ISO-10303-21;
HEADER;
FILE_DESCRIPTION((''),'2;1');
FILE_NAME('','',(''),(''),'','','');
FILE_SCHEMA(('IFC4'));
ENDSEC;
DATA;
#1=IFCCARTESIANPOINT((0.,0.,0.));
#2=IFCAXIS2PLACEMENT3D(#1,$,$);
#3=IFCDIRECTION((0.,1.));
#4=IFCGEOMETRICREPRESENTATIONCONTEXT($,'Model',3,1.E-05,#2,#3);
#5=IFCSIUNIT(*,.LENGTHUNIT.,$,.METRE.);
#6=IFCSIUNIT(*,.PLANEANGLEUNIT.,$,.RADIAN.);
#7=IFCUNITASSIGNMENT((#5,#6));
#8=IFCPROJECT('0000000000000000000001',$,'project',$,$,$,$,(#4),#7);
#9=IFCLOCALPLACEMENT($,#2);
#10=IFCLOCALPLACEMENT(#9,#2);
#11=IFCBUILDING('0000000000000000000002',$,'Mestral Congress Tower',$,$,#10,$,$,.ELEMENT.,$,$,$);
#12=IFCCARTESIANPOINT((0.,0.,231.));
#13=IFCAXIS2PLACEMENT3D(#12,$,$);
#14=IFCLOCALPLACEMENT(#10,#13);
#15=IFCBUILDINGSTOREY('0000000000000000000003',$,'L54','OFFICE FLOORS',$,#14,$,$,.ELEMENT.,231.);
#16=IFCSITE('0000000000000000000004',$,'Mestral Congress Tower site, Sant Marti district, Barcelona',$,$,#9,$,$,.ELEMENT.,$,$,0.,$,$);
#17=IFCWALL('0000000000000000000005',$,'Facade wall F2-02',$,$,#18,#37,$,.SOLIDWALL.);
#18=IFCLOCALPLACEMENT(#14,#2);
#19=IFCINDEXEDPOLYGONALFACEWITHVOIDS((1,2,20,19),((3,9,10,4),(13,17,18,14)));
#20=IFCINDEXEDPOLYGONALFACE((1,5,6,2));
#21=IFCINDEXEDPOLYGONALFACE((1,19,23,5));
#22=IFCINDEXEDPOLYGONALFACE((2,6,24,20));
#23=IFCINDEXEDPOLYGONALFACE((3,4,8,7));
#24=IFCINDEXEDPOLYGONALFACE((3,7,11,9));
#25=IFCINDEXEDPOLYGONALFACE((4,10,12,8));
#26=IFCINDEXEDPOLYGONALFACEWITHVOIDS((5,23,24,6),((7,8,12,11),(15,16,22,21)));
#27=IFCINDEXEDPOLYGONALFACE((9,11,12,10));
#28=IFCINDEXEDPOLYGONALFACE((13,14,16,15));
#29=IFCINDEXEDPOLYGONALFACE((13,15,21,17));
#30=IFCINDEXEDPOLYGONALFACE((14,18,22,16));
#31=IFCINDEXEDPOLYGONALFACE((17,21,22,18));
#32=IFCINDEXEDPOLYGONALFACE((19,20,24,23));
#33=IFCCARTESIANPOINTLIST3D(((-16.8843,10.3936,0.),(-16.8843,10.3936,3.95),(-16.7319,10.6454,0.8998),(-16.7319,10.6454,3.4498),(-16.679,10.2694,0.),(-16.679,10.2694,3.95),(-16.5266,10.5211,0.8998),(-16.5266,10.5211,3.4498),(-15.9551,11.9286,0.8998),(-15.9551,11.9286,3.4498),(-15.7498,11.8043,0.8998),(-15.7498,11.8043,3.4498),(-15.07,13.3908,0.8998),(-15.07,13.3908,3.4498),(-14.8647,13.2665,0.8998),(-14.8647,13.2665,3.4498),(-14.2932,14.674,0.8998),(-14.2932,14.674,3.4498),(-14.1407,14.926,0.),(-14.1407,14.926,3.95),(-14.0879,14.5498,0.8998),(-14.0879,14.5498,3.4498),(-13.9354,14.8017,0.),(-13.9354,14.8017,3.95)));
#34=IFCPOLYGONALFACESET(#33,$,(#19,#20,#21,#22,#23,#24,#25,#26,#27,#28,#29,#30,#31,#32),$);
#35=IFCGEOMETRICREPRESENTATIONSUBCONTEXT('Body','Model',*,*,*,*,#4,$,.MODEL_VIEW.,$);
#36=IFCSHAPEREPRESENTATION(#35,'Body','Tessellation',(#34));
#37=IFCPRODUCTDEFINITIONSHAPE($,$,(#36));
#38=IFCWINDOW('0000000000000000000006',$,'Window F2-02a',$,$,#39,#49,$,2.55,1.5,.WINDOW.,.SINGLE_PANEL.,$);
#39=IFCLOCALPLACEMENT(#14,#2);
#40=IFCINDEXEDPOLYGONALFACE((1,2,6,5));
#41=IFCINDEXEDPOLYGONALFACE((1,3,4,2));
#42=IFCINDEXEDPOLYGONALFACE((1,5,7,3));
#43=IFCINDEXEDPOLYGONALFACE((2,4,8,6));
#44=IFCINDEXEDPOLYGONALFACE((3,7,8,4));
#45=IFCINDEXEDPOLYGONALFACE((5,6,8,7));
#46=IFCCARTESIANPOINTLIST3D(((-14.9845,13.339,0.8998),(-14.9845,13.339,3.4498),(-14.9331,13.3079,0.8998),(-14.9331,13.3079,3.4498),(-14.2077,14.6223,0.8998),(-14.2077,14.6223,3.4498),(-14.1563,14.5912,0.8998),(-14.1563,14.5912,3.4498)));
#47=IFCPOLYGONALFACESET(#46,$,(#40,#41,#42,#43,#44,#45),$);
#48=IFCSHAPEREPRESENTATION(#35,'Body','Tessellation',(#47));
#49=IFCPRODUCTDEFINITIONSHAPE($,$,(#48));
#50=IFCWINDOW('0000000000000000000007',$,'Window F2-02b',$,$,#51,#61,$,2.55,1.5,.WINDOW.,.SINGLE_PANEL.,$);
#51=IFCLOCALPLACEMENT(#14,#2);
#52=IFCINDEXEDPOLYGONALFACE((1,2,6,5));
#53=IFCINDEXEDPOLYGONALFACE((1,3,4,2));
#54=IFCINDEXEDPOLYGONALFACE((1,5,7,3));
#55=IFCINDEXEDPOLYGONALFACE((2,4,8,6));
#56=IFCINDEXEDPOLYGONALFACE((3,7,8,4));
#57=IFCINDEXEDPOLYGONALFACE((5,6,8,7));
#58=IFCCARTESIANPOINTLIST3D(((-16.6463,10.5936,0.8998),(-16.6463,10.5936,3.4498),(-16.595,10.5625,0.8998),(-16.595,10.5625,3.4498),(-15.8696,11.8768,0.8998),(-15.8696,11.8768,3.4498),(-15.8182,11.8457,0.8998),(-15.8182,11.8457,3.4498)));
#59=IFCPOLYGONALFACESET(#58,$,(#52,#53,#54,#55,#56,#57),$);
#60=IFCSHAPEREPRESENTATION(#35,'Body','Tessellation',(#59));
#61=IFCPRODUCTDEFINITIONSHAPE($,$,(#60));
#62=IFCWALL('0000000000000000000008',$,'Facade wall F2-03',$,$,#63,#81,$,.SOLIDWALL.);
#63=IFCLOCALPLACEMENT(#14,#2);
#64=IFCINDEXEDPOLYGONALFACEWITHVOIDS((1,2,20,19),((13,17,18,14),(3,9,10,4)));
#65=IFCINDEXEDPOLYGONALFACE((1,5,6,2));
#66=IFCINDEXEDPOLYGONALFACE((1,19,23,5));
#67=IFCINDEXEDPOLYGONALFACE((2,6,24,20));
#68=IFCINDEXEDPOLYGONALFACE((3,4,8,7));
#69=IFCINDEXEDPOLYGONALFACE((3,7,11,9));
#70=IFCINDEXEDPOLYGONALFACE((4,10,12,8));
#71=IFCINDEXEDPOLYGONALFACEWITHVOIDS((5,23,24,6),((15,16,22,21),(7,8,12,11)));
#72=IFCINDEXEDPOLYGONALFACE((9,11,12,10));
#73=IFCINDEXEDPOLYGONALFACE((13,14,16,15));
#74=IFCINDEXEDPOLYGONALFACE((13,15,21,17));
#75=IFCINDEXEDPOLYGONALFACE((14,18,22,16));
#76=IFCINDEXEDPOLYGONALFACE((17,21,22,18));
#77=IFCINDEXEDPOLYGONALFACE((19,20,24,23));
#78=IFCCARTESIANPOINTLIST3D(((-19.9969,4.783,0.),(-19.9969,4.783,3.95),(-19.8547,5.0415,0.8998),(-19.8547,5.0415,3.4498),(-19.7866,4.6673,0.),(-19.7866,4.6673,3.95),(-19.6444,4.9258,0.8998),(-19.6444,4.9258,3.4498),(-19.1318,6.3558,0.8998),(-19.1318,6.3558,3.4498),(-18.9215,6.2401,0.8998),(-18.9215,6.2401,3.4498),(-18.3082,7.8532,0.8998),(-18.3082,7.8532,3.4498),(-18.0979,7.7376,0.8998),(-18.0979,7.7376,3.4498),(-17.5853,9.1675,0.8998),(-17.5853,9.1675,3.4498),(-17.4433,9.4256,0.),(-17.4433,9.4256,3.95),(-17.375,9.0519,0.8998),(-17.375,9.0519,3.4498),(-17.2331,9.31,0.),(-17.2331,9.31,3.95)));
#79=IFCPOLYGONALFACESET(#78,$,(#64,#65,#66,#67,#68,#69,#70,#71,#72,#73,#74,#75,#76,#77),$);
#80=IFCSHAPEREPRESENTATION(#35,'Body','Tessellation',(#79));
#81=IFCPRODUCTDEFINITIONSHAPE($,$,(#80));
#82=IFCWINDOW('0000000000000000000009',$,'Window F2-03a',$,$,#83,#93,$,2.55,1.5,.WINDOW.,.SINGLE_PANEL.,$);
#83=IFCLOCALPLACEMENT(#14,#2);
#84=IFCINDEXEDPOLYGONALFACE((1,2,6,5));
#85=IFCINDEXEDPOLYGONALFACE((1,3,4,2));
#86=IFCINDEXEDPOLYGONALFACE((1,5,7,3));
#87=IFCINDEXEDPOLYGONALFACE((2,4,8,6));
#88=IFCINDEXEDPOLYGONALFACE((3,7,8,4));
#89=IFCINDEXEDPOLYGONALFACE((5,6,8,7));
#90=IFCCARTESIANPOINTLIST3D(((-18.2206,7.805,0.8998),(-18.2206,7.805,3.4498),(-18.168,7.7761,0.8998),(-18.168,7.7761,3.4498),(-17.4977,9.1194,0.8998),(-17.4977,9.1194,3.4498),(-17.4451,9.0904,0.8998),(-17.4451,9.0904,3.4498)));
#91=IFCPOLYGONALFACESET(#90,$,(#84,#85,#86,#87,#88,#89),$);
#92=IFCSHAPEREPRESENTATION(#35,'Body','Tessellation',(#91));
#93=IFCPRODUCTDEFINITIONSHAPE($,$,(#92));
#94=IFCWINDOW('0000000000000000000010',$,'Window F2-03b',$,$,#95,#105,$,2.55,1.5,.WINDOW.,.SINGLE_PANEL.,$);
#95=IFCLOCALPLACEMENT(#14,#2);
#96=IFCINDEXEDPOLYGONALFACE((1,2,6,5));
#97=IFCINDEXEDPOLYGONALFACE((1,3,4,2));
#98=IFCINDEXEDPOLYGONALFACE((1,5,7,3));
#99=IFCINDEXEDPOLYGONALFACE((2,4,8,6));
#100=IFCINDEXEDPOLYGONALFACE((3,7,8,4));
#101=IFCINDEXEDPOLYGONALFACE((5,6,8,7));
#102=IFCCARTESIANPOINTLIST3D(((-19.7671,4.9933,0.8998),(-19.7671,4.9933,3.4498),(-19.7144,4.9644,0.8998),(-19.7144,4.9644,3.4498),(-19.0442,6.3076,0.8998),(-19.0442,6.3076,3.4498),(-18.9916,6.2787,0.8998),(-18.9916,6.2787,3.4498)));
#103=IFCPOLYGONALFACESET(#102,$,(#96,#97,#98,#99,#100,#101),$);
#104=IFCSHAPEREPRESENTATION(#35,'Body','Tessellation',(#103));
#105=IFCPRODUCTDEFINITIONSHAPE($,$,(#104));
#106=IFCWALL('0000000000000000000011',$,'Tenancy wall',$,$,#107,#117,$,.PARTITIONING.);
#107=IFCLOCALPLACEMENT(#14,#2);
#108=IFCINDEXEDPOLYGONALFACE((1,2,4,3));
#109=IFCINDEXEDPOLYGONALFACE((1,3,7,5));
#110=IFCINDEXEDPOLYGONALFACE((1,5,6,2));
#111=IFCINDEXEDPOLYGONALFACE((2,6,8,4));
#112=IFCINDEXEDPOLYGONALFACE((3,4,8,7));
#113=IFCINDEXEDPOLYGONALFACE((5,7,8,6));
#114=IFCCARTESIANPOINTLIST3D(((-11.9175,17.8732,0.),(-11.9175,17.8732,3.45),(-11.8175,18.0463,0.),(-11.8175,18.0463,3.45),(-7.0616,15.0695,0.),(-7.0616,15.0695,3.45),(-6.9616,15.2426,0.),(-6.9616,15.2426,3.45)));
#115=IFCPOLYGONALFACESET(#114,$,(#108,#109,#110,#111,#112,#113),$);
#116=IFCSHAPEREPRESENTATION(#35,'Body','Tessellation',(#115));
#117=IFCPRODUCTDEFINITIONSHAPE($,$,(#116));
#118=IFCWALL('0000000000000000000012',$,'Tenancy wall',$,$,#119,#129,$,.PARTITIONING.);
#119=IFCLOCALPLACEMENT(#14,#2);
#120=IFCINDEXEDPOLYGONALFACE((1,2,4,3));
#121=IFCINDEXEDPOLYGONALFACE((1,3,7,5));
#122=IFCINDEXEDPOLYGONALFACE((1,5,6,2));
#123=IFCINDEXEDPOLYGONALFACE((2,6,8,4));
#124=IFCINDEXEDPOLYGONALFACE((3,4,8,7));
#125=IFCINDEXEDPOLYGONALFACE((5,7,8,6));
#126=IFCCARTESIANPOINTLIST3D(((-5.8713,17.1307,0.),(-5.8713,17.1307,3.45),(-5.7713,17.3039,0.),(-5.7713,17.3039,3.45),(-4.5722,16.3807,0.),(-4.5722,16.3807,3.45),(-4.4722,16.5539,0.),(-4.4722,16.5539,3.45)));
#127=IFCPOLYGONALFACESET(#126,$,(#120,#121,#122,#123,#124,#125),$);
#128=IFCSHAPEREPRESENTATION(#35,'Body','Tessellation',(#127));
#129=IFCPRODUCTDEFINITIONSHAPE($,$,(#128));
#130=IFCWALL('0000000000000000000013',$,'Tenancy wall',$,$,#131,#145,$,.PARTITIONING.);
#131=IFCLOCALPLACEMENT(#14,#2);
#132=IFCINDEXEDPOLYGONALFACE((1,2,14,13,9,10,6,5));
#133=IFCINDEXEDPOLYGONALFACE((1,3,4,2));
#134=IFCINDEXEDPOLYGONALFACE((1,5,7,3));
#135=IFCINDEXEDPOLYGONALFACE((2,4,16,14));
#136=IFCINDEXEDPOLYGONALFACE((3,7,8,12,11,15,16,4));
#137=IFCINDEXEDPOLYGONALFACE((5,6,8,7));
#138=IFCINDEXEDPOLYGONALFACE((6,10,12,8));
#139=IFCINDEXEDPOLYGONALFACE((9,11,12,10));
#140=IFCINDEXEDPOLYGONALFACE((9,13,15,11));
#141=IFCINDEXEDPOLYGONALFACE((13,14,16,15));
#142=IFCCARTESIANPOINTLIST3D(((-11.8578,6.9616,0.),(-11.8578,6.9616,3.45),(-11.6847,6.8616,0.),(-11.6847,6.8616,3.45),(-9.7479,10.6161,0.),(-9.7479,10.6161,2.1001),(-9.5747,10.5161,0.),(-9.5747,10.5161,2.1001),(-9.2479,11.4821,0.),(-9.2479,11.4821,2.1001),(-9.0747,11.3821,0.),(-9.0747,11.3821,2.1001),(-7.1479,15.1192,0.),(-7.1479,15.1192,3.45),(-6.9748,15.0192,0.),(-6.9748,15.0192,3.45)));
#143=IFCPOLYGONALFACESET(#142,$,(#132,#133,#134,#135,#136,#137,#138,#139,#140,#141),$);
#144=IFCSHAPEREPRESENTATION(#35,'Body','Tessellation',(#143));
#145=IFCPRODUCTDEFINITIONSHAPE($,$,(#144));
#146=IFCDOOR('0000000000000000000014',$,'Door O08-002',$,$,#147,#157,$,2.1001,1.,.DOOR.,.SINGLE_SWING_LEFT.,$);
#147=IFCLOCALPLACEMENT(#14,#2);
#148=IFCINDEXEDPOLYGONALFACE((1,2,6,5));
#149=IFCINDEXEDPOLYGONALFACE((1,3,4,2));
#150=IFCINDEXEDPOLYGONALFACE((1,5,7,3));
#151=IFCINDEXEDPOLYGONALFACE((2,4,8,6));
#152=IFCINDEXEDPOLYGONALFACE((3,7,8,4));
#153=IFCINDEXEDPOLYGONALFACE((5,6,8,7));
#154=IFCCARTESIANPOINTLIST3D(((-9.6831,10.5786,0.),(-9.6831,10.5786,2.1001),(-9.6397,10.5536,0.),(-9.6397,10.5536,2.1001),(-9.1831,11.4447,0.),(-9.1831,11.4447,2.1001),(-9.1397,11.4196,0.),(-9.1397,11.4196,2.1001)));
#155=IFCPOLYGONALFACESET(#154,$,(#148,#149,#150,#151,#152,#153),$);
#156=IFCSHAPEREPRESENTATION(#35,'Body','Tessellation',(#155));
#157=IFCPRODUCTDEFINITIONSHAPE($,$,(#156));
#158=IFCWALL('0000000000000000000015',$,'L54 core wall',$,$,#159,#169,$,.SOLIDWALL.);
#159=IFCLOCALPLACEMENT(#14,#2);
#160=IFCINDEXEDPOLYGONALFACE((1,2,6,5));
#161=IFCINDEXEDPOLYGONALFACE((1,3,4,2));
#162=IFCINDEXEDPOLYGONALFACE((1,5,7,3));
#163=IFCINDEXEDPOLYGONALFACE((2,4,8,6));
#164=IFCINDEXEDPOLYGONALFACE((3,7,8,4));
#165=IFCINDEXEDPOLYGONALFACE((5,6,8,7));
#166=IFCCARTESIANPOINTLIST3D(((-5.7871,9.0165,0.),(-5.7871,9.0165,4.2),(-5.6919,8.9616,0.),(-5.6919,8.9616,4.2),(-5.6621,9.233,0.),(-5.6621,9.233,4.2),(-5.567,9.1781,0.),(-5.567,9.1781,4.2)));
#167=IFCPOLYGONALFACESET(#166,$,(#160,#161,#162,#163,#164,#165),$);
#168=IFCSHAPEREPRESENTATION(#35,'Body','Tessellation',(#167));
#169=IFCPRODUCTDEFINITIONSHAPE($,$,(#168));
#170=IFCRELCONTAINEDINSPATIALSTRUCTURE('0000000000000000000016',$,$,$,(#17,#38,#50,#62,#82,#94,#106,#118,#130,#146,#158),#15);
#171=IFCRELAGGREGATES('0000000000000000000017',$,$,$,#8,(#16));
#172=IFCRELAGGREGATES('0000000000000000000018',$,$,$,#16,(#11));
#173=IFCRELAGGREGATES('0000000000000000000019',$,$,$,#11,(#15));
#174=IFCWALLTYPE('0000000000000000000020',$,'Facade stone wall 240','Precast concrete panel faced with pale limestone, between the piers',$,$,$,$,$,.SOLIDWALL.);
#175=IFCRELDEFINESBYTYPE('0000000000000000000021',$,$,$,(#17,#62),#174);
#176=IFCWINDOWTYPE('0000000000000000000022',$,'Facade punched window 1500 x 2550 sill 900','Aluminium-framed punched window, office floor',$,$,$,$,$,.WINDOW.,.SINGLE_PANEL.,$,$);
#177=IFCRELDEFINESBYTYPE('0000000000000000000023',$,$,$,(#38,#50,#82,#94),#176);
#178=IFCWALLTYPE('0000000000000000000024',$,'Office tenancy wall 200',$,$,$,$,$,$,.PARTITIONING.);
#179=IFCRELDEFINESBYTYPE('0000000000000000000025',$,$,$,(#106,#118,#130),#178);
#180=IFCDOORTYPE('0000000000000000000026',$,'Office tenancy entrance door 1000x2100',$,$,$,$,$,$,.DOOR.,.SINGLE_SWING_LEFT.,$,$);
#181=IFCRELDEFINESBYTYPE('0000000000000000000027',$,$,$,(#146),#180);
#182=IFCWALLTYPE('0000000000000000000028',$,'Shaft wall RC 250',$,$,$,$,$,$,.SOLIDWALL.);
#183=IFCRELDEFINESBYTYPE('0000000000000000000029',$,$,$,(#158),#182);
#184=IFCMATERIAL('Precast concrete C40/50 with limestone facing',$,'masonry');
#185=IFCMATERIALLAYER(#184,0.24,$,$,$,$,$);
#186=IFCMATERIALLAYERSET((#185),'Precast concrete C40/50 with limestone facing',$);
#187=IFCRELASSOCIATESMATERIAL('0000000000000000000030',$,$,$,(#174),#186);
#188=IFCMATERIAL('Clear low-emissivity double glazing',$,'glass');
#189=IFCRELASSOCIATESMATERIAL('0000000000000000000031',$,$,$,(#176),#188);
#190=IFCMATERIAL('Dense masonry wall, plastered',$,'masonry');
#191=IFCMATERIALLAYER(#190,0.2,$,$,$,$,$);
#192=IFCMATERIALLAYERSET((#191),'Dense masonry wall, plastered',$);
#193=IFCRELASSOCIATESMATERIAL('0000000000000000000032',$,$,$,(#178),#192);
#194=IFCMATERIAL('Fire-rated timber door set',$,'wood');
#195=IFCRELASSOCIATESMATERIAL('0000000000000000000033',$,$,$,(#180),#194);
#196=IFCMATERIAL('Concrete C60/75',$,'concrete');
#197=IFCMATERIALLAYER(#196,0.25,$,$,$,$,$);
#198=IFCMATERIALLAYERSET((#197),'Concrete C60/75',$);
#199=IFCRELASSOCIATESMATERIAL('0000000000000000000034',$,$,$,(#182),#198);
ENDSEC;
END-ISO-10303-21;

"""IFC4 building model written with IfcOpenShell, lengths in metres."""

from ifc_helpers import new_model, si_unit, direction, frame, frame_2d, origin, place, context, subcontext, project, spatial, rectangle, extrude, material, layer, layer_set, type_object, element, fill, save


model = new_model("IFC4")

# Units and contexts
model_context = context("Model", 3, precision=1e-05, world=origin(), true_north=direction((0.0, 1.0)))
body_context = subcontext(model_context, "Body", "Model", "MODEL_VIEW")
ifc_project = project(units=[si_unit("LENGTHUNIT", "METRE"), si_unit("PLANEANGLEUNIT", "RADIAN")], contexts=[model_context])

# Site, building, storey
site_placement = place(None, origin())
site = spatial("IfcSite", under=ifc_project, at=site_placement, Name="Mestral Congress Tower site, Sant Marti district, Barcelona", CompositionType="ELEMENT", RefElevation=0.0)
building_placement = place(site_placement, origin())
building = spatial("IfcBuilding", under=site, at=building_placement, Name="Mestral Congress Tower", CompositionType="ELEMENT")
storey_placement = place(building_placement, frame((0.0, 0.0, 231.0)))
storey = spatial("IfcBuildingStorey", under=building, at=storey_placement, Name="L54", Description="OFFICE FLOORS", CompositionType="ELEMENT", Elevation=231.0)

# Shared definitions
ifc_material_1 = material(Name="Concrete C60/75", Category="concrete")

# Walls, openings, windows
ifc_material_2 = material(Name="Precast concrete C40/50 with limestone facing", Category="masonry")
ifc_layer_1 = layer(ifc_material_2, 0.24)
ifc_layer_set_1 = layer_set([ifc_layer_1], Name="Precast concrete C40/50 with limestone facing")
wall_type_1 = type_object("IfcWallType", Name="Facade stone wall 240", Description="Precast concrete panel faced with pale limestone, between the piers", PredefinedType="SOLIDWALL", material=ifc_layer_set_1)
wall_1_placement = place(storey_placement, frame((-14.0381, 14.8638, 0.0), z_axis=(0.0, 0.0, 1.0), x_axis=(-0.517846, -0.855474, 0.0)))
wall_1 = element("IfcWall", 1, at=wall_1_placement, inside=storey, type_object=wall_type_1, Name="Facade wall F2-02", PredefinedType="SOLIDWALL", context=body_context, shape_type="SweptSolid", body=[
    extrude(rectangle(XDim=5.2981, YDim=0.24, at=frame_2d((2.6489, 0.0))), origin(), (0.0, 0.0, 1.0), 3.95),
])
opening_1_placement = place(wall_1_placement, frame((0.2944, 0.0, 0.8999)))
opening_1 = element("IfcOpeningElement", 2, at=opening_1_placement, cuts=wall_1, PredefinedType="OPENING", context=body_context, shape_type="SweptSolid", body=[
    extrude(rectangle(XDim=1.5, YDim=2.55, at=frame_2d((0.75, 1.2749))), frame((0.0, 0.1299, 0.0), z_axis=(0.0, -1.0, 0.0), x_axis=(1.0, 0.0, 0.0)), (0.0, 0.0, 1.0), 0.26),
])
opening_2_placement = place(wall_1_placement, frame((3.5037, 0.0, 0.8999)))
opening_2 = element("IfcOpeningElement", 3, at=opening_2_placement, cuts=wall_1, PredefinedType="OPENING", context=body_context, shape_type="SweptSolid", body=[
    extrude(rectangle(XDim=1.5, YDim=2.55, at=frame_2d((0.75, 1.2749))), frame((0.0, 0.1299, 0.0), z_axis=(0.0, -1.0, 0.0), x_axis=(1.0, 0.0, 0.0)), (0.0, 0.0, 1.0), 0.26),
])
ifc_material_3 = material(Name="Clear low-emissivity double glazing", Category="glass")
window_type = type_object("IfcWindowType", Name="Facade punched window 1500 x 2550 sill 900", Description="Aluminium-framed punched window, office floor", PartitioningType="SINGLE_PANEL", PredefinedType="WINDOW", material=ifc_material_3)
window_1_placement = place(opening_1_placement, origin())
window_1 = element("IfcWindow", 4, at=window_1_placement, inside=storey, type_object=window_type, Name="Window F2-02a", OverallHeight=2.55, OverallWidth=1.5, PartitioningType="SINGLE_PANEL", PredefinedType="WINDOW", context=body_context, shape_type="SweptSolid", body=[
    extrude(rectangle(XDim=1.5, YDim=2.55, at=frame_2d((0.75, 1.2749))), frame((0.0, 0.04, 0.0), z_axis=(0.0, -1.0, 0.0), x_axis=(1.0, 0.0, 0.0)), (0.0, 0.0, 1.0), 0.0601),
])
fill(opening_1, window_1)
window_2_placement = place(opening_2_placement, origin())
window_2 = element("IfcWindow", 5, at=window_2_placement, inside=storey, type_object=window_type, Name="Window F2-02b", OverallHeight=2.55, OverallWidth=1.5, PartitioningType="SINGLE_PANEL", PredefinedType="WINDOW", context=body_context, shape_type="SweptSolid", body=[
    extrude(rectangle(XDim=1.5, YDim=2.55, at=frame_2d((0.75, 1.2749))), frame((0.0, 0.04, 0.0), z_axis=(0.0, -1.0, 0.0), x_axis=(1.0, 0.0, 0.0)), (0.0, 0.0, 1.0), 0.0601),
])
fill(opening_2, window_2)
wall_2_placement = place(storey_placement, frame((-17.3381, 9.3679, 0.0), z_axis=(0.0, 0.0, 1.0), x_axis=(-0.481926, -0.876212, 0.0)))
wall_2 = element("IfcWall", 6, at=wall_2_placement, inside=storey, type_object=wall_type_1, Name="Facade wall F2-03", PredefinedType="SOLIDWALL", context=body_context, shape_type="SweptSolid", body=[
    extrude(rectangle(XDim=5.2986, YDim=0.24, at=frame_2d((2.6494, 0.0))), origin(), (0.0, 0.0, 1.0), 3.95),
])
opening_3_placement = place(wall_2_placement, frame((0.2947, 0.0, 0.8999)))
opening_3 = element("IfcOpeningElement", 7, at=opening_3_placement, cuts=wall_2, PredefinedType="OPENING", context=body_context, shape_type="SweptSolid", body=[
    extrude(rectangle(XDim=1.5, YDim=2.55, at=frame_2d((0.75, 1.2749))), frame((0.0, 0.1299, 0.0), z_axis=(0.0, -1.0, 0.0), x_axis=(1.0, 0.0, 0.0)), (0.0, 0.0, 1.0), 0.26),
])
opening_4_placement = place(wall_2_placement, frame((3.5037, 0.0, 0.8999)))
opening_4 = element("IfcOpeningElement", 8, at=opening_4_placement, cuts=wall_2, PredefinedType="OPENING", context=body_context, shape_type="SweptSolid", body=[
    extrude(rectangle(XDim=1.5, YDim=2.55, at=frame_2d((0.75, 1.2749))), frame((0.0, 0.1299, 0.0), z_axis=(0.0, -1.0, 0.0), x_axis=(1.0, 0.0, 0.0)), (0.0, 0.0, 1.0), 0.26),
])
window_3_placement = place(opening_3_placement, origin())
window_3 = element("IfcWindow", 9, at=window_3_placement, inside=storey, type_object=window_type, Name="Window F2-03a", OverallHeight=2.55, OverallWidth=1.5, PartitioningType="SINGLE_PANEL", PredefinedType="WINDOW", context=body_context, shape_type="SweptSolid", body=[
    extrude(rectangle(XDim=1.5, YDim=2.55, at=frame_2d((0.75, 1.2749))), frame((0.0, 0.04, 0.0), z_axis=(0.0, -1.0, 0.0), x_axis=(1.0, 0.0, 0.0)), (0.0, 0.0, 1.0), 0.0601),
])
fill(opening_3, window_3)
window_4_placement = place(opening_4_placement, origin())
window_4 = element("IfcWindow", 10, at=window_4_placement, inside=storey, type_object=window_type, Name="Window F2-03b", OverallHeight=2.55, OverallWidth=1.5, PartitioningType="SINGLE_PANEL", PredefinedType="WINDOW", context=body_context, shape_type="SweptSolid", body=[
    extrude(rectangle(XDim=1.5, YDim=2.55, at=frame_2d((0.75, 1.2749))), frame((0.0, 0.04, 0.0), z_axis=(0.0, -1.0, 0.0), x_axis=(1.0, 0.0, 0.0)), (0.0, 0.0, 1.0), 0.0601),
])
fill(opening_4, window_4)

# Walls
ifc_material_4 = material(Name="Dense masonry wall, plastered", Category="masonry")
ifc_layer_2 = layer(ifc_material_4, 0.2)
ifc_layer_set_2 = layer_set([ifc_layer_2], Name="Dense masonry wall, plastered")
wall_type_2 = type_object("IfcWallType", Name="Office tenancy wall 200", PredefinedType="PARTITIONING", material=ifc_layer_set_2)
wall_3_placement = place(storey_placement, frame((-7.0115, 15.156, 0.0), z_axis=(0.0, 0.0, 1.0), x_axis=(-0.866016, 0.500016, 0.0)))
element("IfcWall", 11, at=wall_3_placement, inside=storey, type_object=wall_type_2, Name="Tenancy wall", PredefinedType="PARTITIONING", context=body_context, shape_type="SweptSolid", body=[
    extrude(rectangle(XDim=5.6072, YDim=0.2, at=frame_2d((2.8037, 0.0))), origin(), (0.0, 0.0, 1.0), 3.45),
])
wall_4_placement = place(storey_placement, frame((-4.5222, 16.4673, 0.0), z_axis=(0.0, 0.0, 1.0), x_axis=(-0.866031, 0.49999, 0.0)))
element("IfcWall", 12, at=wall_4_placement, inside=storey, type_object=wall_type_2, Name="Tenancy wall", PredefinedType="PARTITIONING", context=body_context, shape_type="SweptSolid", body=[
    extrude(rectangle(XDim=1.5, YDim=0.2, at=frame_2d((0.75, 0.0))), origin(), (0.0, 0.0, 1.0), 3.45),
])

# Wall, opening, door
wall_5_placement = place(storey_placement, frame((-7.0613, 15.0693, 0.0), z_axis=(0.0, 0.0, 1.0), x_axis=(-0.500008, -0.866021, 0.0)))
wall_5 = element("IfcWall", 13, at=wall_5_placement, inside=storey, type_object=wall_type_2, Name="Tenancy wall", PredefinedType="PARTITIONING", context=body_context, shape_type="SweptSolid", body=[
    extrude(rectangle(XDim=9.4197, YDim=0.2, at=frame_2d((4.71, 0.0))), origin(), (0.0, 0.0, 1.0), 3.45),
])
opening_5_placement = place(wall_5_placement, frame((4.2, 0.0, 0.0)))
opening_5 = element("IfcOpeningElement", 14, at=opening_5_placement, cuts=wall_5, PredefinedType="OPENING", context=body_context, shape_type="SweptSolid", body=[
    extrude(rectangle(XDim=1.0, YDim=2.1001, at=frame_2d((0.5, 1.05))), frame((0.0, 0.1099, 0.0), z_axis=(0.0, -1.0, 0.0), x_axis=(1.0, 0.0, 0.0)), (0.0, 0.0, 1.0), 0.22),
])
ifc_material_5 = material(Name="Fire-rated timber door set", Category="wood")
door_type_1 = type_object("IfcDoorType", Name="Office tenancy entrance door 1000x2100", OperationType="SINGLE_SWING_LEFT", PredefinedType="DOOR", material=ifc_material_5)
door_1_placement = place(opening_5_placement, origin())
door_1 = element("IfcDoor", 15, at=door_1_placement, inside=storey, type_object=door_type_1, Name="Door O08-002", OperationType="SINGLE_SWING_LEFT", OverallHeight=2.1001, OverallWidth=1.0, PredefinedType="DOOR", context=body_context, shape_type="SweptSolid", body=[
    extrude(rectangle(XDim=1.0, YDim=2.1001, at=frame_2d((0.5, 1.05))), frame((0.0, 0.0249, 0.0), z_axis=(0.0, -1.0, 0.0), x_axis=(1.0, 0.0, 0.0)), (0.0, 0.0, 1.0), 0.05),
])
fill(opening_5, door_1)

# Wall
ifc_layer_3 = layer(ifc_material_1, 0.25)
ifc_layer_set_3 = layer_set([ifc_layer_3], Name="Concrete C60/75")
wall_type_3 = type_object("IfcWallType", Name="Shaft wall RC 250", PredefinedType="SOLIDWALL", material=ifc_layer_set_3)
wall_6_placement = place(storey_placement, frame((-5.7246, 9.1248, 0.0), z_axis=(0.0, 0.0, 1.0), x_axis=(0.866186, -0.499722, 0.0)))
element("IfcWall", 16, at=wall_6_placement, inside=storey, type_object=wall_type_3, Name="L54 core wall", PredefinedType="SOLIDWALL", context=body_context, shape_type="SweptSolid", body=[
    extrude(rectangle(XDim=0.1099, YDim=0.25, at=frame_2d((0.0549, 0.0))), origin(), (0.0, 0.0, 1.0), 4.2),
])

save(model, "model.ifc")
